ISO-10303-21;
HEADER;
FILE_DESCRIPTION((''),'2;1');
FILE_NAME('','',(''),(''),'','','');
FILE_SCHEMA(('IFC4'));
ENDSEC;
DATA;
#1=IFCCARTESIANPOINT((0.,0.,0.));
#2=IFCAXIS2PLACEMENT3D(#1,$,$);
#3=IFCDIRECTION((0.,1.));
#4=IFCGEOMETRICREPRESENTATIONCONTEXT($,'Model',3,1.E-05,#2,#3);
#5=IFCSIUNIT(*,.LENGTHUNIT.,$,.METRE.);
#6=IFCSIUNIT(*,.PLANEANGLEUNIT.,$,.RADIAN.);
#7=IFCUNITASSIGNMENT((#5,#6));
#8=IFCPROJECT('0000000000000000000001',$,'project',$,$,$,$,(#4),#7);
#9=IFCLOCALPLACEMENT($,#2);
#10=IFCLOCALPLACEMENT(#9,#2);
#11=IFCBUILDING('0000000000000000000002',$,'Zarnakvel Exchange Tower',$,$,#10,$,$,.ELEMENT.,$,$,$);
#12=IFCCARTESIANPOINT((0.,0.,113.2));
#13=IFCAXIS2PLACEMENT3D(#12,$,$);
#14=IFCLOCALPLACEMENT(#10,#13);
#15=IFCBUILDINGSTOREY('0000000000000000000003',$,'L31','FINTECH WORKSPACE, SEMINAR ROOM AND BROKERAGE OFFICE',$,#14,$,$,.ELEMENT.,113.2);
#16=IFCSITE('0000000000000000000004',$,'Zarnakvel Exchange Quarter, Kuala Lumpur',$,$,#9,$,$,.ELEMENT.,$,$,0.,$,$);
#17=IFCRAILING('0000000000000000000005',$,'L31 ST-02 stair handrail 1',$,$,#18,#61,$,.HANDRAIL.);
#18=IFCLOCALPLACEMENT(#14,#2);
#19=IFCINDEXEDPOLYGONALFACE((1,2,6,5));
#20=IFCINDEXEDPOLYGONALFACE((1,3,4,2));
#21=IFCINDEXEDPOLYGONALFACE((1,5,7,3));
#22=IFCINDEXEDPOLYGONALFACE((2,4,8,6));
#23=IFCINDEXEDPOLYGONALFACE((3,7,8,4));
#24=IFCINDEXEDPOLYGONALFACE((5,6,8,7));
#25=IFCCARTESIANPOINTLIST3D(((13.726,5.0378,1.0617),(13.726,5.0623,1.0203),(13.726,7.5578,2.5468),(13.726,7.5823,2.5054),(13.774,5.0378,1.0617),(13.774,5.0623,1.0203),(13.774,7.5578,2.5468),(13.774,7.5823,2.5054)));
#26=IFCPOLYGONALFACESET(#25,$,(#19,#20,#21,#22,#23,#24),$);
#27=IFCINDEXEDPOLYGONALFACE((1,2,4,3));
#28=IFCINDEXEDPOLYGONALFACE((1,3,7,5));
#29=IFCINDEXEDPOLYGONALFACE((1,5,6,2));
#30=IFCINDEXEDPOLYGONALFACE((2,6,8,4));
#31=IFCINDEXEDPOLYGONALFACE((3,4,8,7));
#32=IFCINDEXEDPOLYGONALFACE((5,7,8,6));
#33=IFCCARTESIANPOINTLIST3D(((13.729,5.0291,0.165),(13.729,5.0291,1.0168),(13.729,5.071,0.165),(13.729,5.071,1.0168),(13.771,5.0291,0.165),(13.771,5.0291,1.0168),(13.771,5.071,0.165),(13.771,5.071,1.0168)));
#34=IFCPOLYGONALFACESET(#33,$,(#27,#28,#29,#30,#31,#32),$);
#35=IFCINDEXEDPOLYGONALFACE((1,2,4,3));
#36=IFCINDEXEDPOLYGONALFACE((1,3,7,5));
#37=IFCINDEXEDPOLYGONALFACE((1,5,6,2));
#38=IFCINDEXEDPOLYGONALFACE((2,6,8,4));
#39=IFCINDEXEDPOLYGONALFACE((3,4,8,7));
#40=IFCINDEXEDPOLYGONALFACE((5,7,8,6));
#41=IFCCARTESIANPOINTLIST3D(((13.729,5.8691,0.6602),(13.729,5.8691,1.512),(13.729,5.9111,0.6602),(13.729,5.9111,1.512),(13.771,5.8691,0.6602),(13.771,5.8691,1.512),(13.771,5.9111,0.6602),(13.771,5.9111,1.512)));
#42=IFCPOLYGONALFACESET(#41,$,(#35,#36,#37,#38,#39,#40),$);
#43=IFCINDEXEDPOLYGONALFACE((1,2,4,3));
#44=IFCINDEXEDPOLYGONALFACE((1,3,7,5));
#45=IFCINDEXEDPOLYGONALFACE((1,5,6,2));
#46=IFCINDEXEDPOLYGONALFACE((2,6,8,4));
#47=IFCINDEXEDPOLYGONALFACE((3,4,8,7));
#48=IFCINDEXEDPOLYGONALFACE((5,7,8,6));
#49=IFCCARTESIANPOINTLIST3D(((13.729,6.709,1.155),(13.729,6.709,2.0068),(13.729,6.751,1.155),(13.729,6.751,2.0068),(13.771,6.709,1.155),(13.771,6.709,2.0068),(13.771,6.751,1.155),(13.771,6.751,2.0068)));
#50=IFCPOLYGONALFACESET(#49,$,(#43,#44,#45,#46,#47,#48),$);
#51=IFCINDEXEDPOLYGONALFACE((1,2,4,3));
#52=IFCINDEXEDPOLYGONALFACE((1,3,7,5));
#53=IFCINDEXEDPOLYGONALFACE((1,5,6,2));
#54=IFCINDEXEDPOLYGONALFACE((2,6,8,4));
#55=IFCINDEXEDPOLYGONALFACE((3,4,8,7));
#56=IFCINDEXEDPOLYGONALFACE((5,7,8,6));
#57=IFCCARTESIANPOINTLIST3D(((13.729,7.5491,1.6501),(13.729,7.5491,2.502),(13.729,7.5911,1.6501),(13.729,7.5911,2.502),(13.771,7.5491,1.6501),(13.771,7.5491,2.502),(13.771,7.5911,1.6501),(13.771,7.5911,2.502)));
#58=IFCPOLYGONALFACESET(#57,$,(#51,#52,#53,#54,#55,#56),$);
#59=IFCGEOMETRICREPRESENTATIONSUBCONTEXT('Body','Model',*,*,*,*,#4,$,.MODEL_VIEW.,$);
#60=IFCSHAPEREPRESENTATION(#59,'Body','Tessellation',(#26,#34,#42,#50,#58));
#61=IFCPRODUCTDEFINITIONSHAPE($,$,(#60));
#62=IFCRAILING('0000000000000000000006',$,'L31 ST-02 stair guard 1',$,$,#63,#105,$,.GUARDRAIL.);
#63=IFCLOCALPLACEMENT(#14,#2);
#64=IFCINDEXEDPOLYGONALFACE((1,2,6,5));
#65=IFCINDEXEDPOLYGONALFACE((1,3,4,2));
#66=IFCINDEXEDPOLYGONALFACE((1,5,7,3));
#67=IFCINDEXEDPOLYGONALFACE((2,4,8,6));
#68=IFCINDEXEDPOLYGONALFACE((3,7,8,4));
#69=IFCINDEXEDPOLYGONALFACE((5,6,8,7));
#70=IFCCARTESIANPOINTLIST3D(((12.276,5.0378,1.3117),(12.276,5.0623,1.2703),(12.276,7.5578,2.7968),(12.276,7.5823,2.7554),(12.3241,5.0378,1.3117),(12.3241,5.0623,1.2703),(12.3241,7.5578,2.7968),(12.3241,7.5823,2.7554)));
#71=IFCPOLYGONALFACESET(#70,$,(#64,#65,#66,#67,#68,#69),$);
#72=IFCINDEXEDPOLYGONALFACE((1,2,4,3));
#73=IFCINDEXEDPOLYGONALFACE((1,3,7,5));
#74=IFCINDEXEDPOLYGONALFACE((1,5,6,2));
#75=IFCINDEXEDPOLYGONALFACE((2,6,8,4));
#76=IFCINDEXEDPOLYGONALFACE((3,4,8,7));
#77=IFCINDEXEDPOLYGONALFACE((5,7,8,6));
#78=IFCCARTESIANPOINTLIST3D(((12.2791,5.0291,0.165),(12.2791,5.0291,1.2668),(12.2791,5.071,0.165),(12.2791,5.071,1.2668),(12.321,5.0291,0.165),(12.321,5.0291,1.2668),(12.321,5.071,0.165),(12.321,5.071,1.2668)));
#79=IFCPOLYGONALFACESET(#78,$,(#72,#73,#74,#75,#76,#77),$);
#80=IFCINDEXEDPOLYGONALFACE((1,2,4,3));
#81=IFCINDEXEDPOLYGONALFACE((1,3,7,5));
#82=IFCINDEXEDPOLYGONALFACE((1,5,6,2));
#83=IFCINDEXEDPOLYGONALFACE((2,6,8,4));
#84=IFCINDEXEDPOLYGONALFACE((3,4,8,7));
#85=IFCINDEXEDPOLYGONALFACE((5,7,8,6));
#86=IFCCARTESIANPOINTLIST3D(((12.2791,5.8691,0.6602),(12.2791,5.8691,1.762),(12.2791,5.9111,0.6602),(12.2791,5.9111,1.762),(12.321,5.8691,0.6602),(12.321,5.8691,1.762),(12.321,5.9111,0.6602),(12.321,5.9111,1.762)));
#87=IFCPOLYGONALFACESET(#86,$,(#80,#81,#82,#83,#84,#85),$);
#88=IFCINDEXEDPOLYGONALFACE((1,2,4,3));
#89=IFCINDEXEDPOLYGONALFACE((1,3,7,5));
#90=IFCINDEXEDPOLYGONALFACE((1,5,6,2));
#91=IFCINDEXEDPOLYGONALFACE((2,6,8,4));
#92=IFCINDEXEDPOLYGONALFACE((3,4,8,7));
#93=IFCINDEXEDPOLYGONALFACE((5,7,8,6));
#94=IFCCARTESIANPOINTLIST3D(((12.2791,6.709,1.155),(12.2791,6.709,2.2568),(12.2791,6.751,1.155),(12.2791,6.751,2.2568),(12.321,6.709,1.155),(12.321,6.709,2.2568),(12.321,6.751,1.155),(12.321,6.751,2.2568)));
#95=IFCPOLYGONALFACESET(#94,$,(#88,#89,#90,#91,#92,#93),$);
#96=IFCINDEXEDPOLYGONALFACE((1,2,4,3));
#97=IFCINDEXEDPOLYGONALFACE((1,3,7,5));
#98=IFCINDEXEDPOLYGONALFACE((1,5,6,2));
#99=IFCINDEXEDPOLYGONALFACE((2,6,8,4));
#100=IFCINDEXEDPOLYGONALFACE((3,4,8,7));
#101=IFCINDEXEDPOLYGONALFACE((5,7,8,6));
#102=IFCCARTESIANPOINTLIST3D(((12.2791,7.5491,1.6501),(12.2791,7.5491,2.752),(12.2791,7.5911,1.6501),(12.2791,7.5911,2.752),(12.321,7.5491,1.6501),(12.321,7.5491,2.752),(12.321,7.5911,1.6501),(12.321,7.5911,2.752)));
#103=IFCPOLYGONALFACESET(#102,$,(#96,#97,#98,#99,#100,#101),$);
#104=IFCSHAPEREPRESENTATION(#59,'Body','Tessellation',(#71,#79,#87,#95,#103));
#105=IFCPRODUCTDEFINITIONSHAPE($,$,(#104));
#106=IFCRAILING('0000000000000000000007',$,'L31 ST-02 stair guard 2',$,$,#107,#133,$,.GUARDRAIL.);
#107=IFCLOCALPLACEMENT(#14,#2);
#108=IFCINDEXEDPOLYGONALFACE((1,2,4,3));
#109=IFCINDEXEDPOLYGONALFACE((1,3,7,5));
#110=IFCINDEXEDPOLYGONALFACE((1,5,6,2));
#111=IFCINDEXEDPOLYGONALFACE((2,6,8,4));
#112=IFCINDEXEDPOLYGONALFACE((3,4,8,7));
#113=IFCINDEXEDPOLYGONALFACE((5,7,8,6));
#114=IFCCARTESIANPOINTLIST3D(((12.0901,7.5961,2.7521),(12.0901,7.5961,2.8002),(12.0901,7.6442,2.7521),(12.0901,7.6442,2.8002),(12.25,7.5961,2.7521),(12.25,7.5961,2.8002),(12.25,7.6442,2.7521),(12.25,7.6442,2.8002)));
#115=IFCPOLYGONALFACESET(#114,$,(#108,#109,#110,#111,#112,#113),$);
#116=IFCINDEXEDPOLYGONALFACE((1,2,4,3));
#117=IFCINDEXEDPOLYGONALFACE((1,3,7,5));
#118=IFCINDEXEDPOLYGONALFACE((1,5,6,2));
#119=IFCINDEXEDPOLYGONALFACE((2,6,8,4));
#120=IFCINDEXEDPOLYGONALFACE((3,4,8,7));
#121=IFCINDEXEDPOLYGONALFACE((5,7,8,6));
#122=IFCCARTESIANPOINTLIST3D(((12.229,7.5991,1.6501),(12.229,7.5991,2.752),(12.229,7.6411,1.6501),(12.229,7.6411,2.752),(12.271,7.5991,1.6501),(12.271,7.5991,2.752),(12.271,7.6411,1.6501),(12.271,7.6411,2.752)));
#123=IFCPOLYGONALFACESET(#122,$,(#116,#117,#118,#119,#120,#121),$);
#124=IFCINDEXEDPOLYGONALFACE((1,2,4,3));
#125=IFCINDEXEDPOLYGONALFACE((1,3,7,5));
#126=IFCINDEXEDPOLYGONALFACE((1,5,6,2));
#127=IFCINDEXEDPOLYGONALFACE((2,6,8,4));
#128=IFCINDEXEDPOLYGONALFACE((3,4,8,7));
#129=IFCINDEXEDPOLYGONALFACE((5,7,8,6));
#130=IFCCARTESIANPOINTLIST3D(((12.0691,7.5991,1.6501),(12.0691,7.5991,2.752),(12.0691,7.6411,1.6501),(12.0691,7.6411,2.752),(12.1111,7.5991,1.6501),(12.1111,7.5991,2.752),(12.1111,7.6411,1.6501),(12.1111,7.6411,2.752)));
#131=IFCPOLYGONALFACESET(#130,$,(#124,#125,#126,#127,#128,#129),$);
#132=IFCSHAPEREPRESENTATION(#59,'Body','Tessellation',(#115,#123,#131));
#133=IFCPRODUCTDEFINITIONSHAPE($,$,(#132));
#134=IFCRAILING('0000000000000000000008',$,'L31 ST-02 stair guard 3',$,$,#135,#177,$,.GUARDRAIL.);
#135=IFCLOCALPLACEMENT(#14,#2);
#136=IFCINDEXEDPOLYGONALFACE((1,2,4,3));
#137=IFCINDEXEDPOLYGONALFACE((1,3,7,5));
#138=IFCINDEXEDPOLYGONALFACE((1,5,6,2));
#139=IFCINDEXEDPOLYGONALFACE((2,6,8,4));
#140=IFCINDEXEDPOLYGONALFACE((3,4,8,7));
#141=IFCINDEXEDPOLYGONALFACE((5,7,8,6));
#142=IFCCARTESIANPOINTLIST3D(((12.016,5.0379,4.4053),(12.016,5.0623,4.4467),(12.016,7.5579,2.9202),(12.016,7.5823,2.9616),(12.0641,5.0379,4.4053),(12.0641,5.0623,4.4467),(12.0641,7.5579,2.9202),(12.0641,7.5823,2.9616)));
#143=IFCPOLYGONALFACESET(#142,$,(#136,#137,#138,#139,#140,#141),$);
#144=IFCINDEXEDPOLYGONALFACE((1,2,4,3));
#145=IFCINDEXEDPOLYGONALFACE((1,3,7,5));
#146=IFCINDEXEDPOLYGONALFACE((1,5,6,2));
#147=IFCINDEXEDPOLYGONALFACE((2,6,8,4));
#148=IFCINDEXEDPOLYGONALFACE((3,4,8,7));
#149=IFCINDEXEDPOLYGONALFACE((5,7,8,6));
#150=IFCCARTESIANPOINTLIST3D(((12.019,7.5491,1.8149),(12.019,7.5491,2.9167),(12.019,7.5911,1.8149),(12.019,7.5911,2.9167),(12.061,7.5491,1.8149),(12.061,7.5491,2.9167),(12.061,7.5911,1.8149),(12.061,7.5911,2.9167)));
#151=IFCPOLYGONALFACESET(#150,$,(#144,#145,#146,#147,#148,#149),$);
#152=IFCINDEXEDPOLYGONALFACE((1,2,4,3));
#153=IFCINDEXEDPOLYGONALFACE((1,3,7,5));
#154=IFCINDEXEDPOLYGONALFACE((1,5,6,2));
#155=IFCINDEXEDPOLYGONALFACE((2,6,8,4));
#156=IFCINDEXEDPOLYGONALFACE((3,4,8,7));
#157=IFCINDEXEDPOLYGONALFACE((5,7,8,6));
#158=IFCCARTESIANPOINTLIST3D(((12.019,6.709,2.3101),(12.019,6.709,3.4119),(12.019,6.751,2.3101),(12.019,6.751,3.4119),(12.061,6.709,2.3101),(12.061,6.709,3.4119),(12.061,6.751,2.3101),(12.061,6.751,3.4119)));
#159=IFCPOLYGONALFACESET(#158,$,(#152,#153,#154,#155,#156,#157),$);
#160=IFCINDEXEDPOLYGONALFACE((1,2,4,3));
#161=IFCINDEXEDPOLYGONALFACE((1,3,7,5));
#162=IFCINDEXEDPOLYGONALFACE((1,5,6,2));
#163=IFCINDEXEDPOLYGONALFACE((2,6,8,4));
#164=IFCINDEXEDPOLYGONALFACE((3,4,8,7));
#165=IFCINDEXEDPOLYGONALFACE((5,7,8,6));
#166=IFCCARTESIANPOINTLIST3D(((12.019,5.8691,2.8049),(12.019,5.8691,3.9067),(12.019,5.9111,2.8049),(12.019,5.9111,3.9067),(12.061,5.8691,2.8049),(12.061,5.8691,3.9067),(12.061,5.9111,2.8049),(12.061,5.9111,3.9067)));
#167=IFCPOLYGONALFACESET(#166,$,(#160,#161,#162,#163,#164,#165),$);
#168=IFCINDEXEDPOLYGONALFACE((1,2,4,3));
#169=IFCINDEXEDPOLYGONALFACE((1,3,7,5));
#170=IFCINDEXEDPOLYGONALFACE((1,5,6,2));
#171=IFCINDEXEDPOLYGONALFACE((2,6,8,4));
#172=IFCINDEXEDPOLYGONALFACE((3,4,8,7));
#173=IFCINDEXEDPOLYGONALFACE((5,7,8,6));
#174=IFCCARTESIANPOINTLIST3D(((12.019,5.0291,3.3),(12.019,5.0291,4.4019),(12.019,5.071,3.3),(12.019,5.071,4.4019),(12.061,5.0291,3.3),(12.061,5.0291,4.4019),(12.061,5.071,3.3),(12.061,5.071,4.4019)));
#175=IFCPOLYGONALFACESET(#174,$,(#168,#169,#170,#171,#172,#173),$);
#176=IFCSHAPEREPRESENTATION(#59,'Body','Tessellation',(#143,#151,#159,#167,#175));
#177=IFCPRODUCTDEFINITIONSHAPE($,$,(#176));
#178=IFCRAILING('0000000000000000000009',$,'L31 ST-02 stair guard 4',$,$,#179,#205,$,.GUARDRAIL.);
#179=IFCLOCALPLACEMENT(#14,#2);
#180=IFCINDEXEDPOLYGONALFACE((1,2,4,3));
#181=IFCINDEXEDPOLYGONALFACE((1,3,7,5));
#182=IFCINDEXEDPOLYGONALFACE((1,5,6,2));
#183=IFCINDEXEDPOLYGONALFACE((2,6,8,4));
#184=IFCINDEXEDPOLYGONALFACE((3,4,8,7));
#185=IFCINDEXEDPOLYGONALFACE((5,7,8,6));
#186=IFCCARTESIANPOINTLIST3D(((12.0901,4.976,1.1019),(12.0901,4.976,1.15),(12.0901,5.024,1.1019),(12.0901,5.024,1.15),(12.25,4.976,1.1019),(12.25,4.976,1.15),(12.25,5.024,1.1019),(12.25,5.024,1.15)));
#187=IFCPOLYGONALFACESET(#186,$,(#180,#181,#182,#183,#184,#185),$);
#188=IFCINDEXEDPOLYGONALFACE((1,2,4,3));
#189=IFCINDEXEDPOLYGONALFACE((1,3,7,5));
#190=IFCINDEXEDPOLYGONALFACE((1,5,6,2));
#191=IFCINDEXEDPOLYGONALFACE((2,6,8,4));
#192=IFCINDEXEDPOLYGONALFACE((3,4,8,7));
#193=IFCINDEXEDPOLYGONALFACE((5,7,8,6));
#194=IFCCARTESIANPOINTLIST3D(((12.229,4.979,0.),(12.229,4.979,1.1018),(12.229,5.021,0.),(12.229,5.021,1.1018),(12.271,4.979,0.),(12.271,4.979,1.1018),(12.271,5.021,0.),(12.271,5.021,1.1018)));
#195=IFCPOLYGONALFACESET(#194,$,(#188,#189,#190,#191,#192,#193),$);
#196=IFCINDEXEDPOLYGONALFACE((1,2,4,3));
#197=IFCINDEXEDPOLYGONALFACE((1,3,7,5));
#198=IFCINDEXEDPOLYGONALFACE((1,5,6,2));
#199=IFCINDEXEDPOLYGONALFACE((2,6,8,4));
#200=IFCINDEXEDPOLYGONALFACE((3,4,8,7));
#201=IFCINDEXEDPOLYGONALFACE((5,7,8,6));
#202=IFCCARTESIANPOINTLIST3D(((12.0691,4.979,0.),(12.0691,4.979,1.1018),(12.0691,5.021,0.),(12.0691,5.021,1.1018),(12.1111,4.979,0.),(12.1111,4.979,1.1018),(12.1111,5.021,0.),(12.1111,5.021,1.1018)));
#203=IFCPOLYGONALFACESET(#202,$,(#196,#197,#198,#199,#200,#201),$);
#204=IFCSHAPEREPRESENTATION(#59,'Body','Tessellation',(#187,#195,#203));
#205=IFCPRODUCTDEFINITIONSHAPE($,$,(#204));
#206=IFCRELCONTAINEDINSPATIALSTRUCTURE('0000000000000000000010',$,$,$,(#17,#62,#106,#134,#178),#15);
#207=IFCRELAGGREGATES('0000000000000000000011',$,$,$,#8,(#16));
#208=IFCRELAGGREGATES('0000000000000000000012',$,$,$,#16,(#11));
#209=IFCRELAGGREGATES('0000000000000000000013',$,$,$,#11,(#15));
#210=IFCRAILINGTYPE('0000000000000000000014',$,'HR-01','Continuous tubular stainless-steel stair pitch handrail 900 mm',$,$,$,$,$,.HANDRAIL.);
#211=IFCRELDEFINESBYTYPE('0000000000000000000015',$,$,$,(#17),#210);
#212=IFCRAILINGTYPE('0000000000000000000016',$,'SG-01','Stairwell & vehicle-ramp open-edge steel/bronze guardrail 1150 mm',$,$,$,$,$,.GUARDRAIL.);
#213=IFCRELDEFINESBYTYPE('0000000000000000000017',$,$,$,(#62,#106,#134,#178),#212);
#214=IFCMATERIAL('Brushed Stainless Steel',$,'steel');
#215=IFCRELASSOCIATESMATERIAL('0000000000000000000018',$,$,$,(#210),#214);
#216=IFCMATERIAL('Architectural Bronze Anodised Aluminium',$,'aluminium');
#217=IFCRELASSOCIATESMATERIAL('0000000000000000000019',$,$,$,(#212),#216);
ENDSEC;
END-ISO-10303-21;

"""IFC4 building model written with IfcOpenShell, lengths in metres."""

from ifc_helpers import new_model, si_unit, direction, frame, origin, origin_2d, place, context, subcontext, project, spatial, rectangle, extrude, material, type_object, element, save


model = new_model("IFC4")

# Units and contexts
model_context = context("Model", 3, precision=1e-05, world=origin(), true_north=direction((0.0, 1.0)))
body_context = subcontext(model_context, "Body", "Model", "MODEL_VIEW")
ifc_project = project(units=[si_unit("LENGTHUNIT", "METRE"), si_unit("PLANEANGLEUNIT", "RADIAN")], contexts=[model_context])

# Site, building, storey
site_placement = place(None, origin())
site = spatial("IfcSite", under=ifc_project, at=site_placement, Name="Zarnakvel Exchange Quarter, Kuala Lumpur", CompositionType="ELEMENT", RefElevation=0.0)
building_placement = place(site_placement, origin())
building = spatial("IfcBuilding", under=site, at=building_placement, Name="Zarnakvel Exchange Tower", CompositionType="ELEMENT")
storey_placement = place(building_placement, frame((0.0, 0.0, 113.2)))
storey = spatial("IfcBuildingStorey", under=building, at=storey_placement, Name="L31", Description="FINTECH WORKSPACE, SEMINAR ROOM AND BROKERAGE OFFICE", CompositionType="ELEMENT", Elevation=113.2)

# Shared definitions
ifc_material_1 = material(Name="Architectural Bronze Anodised Aluminium", Category="aluminium")

# Railings
ifc_material_2 = material(Name="Brushed Stainless Steel", Category="steel")
railing_type_1 = type_object("IfcRailingType", Name="HR-01", Description="Continuous tubular stainless-steel stair pitch handrail 900 mm", PredefinedType="HANDRAIL", material=ifc_material_2)
railing_1_placement = place(storey_placement, frame((13.75, 5.05, 0.165)))
element("IfcRailing", 1, at=railing_1_placement, inside=storey, type_object=railing_type_1, Name="L31 ST-02 stair handrail 1", PredefinedType="HANDRAIL", context=body_context, shape_type="SweptSolid", body=[
    extrude(rectangle(XDim=0.0481, YDim=0.0481, at=origin_2d()), frame((0.0, 0.0, 0.876), z_axis=(0.0, 0.861524, 0.507717), x_axis=(-1.0, 0.0, 0.0)), (0.0, 0.0, 1.0), 2.925),
    extrude(rectangle(XDim=0.042, YDim=0.042, at=origin_2d()), origin(), (0.0, 0.0, 1.0), 0.8518),
    extrude(rectangle(XDim=0.042, YDim=0.042, at=origin_2d()), frame((0.0, 0.8401, 0.4951)), (0.0, 0.0, 1.0), 0.8518),
    extrude(rectangle(XDim=0.042, YDim=0.042, at=origin_2d()), frame((0.0, 1.6799, 0.99)), (0.0, 0.0, 1.0), 0.8518),
    extrude(rectangle(XDim=0.042, YDim=0.042, at=origin_2d()), frame((0.0, 2.52, 1.4851)), (0.0, 0.0, 1.0), 0.8518),
])
railing_type_2 = type_object("IfcRailingType", Name="SG-01", Description="Stairwell & vehicle-ramp open-edge steel/bronze guardrail 1150 mm", PredefinedType="GUARDRAIL", material=ifc_material_1)
railing_2_placement = place(storey_placement, frame((12.3, 5.05, 0.165)))
element("IfcRailing", 2, at=railing_2_placement, inside=storey, type_object=railing_type_2, Name="L31 ST-02 stair guard 1", PredefinedType="GUARDRAIL", context=body_context, shape_type="SweptSolid", body=[
    extrude(rectangle(XDim=0.0481, YDim=0.0481, at=origin_2d()), frame((0.0, 0.0, 1.126), z_axis=(0.0, 0.861524, 0.507717), x_axis=(-1.0, 0.0, 0.0)), (0.0, 0.0, 1.0), 2.925),
    extrude(rectangle(XDim=0.042, YDim=0.042, at=origin_2d()), origin(), (0.0, 0.0, 1.0), 1.1018),
    extrude(rectangle(XDim=0.042, YDim=0.042, at=origin_2d()), frame((0.0, 0.8401, 0.4951)), (0.0, 0.0, 1.0), 1.1018),
    extrude(rectangle(XDim=0.042, YDim=0.042, at=origin_2d()), frame((0.0, 1.6799, 0.99)), (0.0, 0.0, 1.0), 1.1018),
    extrude(rectangle(XDim=0.042, YDim=0.042, at=origin_2d()), frame((0.0, 2.52, 1.4851)), (0.0, 0.0, 1.0), 1.1018),
])
railing_3_placement = place(storey_placement, frame((12.25, 7.6201, 1.6501)))
element("IfcRailing", 3, at=railing_3_placement, inside=storey, type_object=railing_type_2, Name="L31 ST-02 stair guard 2", PredefinedType="GUARDRAIL", context=body_context, shape_type="SweptSolid", body=[
    extrude(rectangle(XDim=0.0481, YDim=0.0481, at=origin_2d()), frame((0.0, 0.0, 1.126), z_axis=(-1.0, 0.0, 0.0), x_axis=(0.0, -1.0, 0.0)), (0.0, 0.0, 1.0), 0.1599),
    extrude(rectangle(XDim=0.042, YDim=0.042, at=origin_2d()), origin(), (0.0, 0.0, 1.0), 1.1018),
    extrude(rectangle(XDim=0.042, YDim=0.042, at=origin_2d()), frame((-0.1599, 0.0, 0.0)), (0.0, 0.0, 1.0), 1.1018),
])
railing_4_placement = place(storey_placement, frame((12.04, 7.5701, 1.8149)))
element("IfcRailing", 4, at=railing_4_placement, inside=storey, type_object=railing_type_2, Name="L31 ST-02 stair guard 3", PredefinedType="GUARDRAIL", context=body_context, shape_type="SweptSolid", body=[
    extrude(rectangle(XDim=0.0481, YDim=0.0481, at=origin_2d()), frame((0.0, 0.0, 1.126), z_axis=(0.0, -0.861524, 0.507717), x_axis=(1.0, 0.0, 0.0)), (0.0, 0.0, 1.0), 2.925),
    extrude(rectangle(XDim=0.042, YDim=0.042, at=origin_2d()), origin(), (0.0, 0.0, 1.0), 1.1018),
    extrude(rectangle(XDim=0.042, YDim=0.042, at=origin_2d()), frame((0.0, -0.8401, 0.4951)), (0.0, 0.0, 1.0), 1.1018),
    extrude(rectangle(XDim=0.042, YDim=0.042, at=origin_2d()), frame((0.0, -1.6799, 0.99)), (0.0, 0.0, 1.0), 1.1018),
    extrude(rectangle(XDim=0.042, YDim=0.042, at=origin_2d()), frame((0.0, -2.52, 1.4851)), (0.0, 0.0, 1.0), 1.1018),
])
railing_5_placement = place(storey_placement, frame((12.25, 5.0, 0.0)))
element("IfcRailing", 5, at=railing_5_placement, inside=storey, type_object=railing_type_2, Name="L31 ST-02 stair guard 4", PredefinedType="GUARDRAIL", context=body_context, shape_type="SweptSolid", body=[
    extrude(rectangle(XDim=0.0481, YDim=0.0481, at=origin_2d()), frame((0.0, 0.0, 1.126), z_axis=(-1.0, 0.0, 0.0), x_axis=(0.0, -1.0, 0.0)), (0.0, 0.0, 1.0), 0.1599),
    extrude(rectangle(XDim=0.042, YDim=0.042, at=origin_2d()), origin(), (0.0, 0.0, 1.0), 1.1018),
    extrude(rectangle(XDim=0.042, YDim=0.042, at=origin_2d()), frame((-0.1599, 0.0, 0.0)), (0.0, 0.0, 1.0), 1.1018),
])

save(model, "model.ifc")
